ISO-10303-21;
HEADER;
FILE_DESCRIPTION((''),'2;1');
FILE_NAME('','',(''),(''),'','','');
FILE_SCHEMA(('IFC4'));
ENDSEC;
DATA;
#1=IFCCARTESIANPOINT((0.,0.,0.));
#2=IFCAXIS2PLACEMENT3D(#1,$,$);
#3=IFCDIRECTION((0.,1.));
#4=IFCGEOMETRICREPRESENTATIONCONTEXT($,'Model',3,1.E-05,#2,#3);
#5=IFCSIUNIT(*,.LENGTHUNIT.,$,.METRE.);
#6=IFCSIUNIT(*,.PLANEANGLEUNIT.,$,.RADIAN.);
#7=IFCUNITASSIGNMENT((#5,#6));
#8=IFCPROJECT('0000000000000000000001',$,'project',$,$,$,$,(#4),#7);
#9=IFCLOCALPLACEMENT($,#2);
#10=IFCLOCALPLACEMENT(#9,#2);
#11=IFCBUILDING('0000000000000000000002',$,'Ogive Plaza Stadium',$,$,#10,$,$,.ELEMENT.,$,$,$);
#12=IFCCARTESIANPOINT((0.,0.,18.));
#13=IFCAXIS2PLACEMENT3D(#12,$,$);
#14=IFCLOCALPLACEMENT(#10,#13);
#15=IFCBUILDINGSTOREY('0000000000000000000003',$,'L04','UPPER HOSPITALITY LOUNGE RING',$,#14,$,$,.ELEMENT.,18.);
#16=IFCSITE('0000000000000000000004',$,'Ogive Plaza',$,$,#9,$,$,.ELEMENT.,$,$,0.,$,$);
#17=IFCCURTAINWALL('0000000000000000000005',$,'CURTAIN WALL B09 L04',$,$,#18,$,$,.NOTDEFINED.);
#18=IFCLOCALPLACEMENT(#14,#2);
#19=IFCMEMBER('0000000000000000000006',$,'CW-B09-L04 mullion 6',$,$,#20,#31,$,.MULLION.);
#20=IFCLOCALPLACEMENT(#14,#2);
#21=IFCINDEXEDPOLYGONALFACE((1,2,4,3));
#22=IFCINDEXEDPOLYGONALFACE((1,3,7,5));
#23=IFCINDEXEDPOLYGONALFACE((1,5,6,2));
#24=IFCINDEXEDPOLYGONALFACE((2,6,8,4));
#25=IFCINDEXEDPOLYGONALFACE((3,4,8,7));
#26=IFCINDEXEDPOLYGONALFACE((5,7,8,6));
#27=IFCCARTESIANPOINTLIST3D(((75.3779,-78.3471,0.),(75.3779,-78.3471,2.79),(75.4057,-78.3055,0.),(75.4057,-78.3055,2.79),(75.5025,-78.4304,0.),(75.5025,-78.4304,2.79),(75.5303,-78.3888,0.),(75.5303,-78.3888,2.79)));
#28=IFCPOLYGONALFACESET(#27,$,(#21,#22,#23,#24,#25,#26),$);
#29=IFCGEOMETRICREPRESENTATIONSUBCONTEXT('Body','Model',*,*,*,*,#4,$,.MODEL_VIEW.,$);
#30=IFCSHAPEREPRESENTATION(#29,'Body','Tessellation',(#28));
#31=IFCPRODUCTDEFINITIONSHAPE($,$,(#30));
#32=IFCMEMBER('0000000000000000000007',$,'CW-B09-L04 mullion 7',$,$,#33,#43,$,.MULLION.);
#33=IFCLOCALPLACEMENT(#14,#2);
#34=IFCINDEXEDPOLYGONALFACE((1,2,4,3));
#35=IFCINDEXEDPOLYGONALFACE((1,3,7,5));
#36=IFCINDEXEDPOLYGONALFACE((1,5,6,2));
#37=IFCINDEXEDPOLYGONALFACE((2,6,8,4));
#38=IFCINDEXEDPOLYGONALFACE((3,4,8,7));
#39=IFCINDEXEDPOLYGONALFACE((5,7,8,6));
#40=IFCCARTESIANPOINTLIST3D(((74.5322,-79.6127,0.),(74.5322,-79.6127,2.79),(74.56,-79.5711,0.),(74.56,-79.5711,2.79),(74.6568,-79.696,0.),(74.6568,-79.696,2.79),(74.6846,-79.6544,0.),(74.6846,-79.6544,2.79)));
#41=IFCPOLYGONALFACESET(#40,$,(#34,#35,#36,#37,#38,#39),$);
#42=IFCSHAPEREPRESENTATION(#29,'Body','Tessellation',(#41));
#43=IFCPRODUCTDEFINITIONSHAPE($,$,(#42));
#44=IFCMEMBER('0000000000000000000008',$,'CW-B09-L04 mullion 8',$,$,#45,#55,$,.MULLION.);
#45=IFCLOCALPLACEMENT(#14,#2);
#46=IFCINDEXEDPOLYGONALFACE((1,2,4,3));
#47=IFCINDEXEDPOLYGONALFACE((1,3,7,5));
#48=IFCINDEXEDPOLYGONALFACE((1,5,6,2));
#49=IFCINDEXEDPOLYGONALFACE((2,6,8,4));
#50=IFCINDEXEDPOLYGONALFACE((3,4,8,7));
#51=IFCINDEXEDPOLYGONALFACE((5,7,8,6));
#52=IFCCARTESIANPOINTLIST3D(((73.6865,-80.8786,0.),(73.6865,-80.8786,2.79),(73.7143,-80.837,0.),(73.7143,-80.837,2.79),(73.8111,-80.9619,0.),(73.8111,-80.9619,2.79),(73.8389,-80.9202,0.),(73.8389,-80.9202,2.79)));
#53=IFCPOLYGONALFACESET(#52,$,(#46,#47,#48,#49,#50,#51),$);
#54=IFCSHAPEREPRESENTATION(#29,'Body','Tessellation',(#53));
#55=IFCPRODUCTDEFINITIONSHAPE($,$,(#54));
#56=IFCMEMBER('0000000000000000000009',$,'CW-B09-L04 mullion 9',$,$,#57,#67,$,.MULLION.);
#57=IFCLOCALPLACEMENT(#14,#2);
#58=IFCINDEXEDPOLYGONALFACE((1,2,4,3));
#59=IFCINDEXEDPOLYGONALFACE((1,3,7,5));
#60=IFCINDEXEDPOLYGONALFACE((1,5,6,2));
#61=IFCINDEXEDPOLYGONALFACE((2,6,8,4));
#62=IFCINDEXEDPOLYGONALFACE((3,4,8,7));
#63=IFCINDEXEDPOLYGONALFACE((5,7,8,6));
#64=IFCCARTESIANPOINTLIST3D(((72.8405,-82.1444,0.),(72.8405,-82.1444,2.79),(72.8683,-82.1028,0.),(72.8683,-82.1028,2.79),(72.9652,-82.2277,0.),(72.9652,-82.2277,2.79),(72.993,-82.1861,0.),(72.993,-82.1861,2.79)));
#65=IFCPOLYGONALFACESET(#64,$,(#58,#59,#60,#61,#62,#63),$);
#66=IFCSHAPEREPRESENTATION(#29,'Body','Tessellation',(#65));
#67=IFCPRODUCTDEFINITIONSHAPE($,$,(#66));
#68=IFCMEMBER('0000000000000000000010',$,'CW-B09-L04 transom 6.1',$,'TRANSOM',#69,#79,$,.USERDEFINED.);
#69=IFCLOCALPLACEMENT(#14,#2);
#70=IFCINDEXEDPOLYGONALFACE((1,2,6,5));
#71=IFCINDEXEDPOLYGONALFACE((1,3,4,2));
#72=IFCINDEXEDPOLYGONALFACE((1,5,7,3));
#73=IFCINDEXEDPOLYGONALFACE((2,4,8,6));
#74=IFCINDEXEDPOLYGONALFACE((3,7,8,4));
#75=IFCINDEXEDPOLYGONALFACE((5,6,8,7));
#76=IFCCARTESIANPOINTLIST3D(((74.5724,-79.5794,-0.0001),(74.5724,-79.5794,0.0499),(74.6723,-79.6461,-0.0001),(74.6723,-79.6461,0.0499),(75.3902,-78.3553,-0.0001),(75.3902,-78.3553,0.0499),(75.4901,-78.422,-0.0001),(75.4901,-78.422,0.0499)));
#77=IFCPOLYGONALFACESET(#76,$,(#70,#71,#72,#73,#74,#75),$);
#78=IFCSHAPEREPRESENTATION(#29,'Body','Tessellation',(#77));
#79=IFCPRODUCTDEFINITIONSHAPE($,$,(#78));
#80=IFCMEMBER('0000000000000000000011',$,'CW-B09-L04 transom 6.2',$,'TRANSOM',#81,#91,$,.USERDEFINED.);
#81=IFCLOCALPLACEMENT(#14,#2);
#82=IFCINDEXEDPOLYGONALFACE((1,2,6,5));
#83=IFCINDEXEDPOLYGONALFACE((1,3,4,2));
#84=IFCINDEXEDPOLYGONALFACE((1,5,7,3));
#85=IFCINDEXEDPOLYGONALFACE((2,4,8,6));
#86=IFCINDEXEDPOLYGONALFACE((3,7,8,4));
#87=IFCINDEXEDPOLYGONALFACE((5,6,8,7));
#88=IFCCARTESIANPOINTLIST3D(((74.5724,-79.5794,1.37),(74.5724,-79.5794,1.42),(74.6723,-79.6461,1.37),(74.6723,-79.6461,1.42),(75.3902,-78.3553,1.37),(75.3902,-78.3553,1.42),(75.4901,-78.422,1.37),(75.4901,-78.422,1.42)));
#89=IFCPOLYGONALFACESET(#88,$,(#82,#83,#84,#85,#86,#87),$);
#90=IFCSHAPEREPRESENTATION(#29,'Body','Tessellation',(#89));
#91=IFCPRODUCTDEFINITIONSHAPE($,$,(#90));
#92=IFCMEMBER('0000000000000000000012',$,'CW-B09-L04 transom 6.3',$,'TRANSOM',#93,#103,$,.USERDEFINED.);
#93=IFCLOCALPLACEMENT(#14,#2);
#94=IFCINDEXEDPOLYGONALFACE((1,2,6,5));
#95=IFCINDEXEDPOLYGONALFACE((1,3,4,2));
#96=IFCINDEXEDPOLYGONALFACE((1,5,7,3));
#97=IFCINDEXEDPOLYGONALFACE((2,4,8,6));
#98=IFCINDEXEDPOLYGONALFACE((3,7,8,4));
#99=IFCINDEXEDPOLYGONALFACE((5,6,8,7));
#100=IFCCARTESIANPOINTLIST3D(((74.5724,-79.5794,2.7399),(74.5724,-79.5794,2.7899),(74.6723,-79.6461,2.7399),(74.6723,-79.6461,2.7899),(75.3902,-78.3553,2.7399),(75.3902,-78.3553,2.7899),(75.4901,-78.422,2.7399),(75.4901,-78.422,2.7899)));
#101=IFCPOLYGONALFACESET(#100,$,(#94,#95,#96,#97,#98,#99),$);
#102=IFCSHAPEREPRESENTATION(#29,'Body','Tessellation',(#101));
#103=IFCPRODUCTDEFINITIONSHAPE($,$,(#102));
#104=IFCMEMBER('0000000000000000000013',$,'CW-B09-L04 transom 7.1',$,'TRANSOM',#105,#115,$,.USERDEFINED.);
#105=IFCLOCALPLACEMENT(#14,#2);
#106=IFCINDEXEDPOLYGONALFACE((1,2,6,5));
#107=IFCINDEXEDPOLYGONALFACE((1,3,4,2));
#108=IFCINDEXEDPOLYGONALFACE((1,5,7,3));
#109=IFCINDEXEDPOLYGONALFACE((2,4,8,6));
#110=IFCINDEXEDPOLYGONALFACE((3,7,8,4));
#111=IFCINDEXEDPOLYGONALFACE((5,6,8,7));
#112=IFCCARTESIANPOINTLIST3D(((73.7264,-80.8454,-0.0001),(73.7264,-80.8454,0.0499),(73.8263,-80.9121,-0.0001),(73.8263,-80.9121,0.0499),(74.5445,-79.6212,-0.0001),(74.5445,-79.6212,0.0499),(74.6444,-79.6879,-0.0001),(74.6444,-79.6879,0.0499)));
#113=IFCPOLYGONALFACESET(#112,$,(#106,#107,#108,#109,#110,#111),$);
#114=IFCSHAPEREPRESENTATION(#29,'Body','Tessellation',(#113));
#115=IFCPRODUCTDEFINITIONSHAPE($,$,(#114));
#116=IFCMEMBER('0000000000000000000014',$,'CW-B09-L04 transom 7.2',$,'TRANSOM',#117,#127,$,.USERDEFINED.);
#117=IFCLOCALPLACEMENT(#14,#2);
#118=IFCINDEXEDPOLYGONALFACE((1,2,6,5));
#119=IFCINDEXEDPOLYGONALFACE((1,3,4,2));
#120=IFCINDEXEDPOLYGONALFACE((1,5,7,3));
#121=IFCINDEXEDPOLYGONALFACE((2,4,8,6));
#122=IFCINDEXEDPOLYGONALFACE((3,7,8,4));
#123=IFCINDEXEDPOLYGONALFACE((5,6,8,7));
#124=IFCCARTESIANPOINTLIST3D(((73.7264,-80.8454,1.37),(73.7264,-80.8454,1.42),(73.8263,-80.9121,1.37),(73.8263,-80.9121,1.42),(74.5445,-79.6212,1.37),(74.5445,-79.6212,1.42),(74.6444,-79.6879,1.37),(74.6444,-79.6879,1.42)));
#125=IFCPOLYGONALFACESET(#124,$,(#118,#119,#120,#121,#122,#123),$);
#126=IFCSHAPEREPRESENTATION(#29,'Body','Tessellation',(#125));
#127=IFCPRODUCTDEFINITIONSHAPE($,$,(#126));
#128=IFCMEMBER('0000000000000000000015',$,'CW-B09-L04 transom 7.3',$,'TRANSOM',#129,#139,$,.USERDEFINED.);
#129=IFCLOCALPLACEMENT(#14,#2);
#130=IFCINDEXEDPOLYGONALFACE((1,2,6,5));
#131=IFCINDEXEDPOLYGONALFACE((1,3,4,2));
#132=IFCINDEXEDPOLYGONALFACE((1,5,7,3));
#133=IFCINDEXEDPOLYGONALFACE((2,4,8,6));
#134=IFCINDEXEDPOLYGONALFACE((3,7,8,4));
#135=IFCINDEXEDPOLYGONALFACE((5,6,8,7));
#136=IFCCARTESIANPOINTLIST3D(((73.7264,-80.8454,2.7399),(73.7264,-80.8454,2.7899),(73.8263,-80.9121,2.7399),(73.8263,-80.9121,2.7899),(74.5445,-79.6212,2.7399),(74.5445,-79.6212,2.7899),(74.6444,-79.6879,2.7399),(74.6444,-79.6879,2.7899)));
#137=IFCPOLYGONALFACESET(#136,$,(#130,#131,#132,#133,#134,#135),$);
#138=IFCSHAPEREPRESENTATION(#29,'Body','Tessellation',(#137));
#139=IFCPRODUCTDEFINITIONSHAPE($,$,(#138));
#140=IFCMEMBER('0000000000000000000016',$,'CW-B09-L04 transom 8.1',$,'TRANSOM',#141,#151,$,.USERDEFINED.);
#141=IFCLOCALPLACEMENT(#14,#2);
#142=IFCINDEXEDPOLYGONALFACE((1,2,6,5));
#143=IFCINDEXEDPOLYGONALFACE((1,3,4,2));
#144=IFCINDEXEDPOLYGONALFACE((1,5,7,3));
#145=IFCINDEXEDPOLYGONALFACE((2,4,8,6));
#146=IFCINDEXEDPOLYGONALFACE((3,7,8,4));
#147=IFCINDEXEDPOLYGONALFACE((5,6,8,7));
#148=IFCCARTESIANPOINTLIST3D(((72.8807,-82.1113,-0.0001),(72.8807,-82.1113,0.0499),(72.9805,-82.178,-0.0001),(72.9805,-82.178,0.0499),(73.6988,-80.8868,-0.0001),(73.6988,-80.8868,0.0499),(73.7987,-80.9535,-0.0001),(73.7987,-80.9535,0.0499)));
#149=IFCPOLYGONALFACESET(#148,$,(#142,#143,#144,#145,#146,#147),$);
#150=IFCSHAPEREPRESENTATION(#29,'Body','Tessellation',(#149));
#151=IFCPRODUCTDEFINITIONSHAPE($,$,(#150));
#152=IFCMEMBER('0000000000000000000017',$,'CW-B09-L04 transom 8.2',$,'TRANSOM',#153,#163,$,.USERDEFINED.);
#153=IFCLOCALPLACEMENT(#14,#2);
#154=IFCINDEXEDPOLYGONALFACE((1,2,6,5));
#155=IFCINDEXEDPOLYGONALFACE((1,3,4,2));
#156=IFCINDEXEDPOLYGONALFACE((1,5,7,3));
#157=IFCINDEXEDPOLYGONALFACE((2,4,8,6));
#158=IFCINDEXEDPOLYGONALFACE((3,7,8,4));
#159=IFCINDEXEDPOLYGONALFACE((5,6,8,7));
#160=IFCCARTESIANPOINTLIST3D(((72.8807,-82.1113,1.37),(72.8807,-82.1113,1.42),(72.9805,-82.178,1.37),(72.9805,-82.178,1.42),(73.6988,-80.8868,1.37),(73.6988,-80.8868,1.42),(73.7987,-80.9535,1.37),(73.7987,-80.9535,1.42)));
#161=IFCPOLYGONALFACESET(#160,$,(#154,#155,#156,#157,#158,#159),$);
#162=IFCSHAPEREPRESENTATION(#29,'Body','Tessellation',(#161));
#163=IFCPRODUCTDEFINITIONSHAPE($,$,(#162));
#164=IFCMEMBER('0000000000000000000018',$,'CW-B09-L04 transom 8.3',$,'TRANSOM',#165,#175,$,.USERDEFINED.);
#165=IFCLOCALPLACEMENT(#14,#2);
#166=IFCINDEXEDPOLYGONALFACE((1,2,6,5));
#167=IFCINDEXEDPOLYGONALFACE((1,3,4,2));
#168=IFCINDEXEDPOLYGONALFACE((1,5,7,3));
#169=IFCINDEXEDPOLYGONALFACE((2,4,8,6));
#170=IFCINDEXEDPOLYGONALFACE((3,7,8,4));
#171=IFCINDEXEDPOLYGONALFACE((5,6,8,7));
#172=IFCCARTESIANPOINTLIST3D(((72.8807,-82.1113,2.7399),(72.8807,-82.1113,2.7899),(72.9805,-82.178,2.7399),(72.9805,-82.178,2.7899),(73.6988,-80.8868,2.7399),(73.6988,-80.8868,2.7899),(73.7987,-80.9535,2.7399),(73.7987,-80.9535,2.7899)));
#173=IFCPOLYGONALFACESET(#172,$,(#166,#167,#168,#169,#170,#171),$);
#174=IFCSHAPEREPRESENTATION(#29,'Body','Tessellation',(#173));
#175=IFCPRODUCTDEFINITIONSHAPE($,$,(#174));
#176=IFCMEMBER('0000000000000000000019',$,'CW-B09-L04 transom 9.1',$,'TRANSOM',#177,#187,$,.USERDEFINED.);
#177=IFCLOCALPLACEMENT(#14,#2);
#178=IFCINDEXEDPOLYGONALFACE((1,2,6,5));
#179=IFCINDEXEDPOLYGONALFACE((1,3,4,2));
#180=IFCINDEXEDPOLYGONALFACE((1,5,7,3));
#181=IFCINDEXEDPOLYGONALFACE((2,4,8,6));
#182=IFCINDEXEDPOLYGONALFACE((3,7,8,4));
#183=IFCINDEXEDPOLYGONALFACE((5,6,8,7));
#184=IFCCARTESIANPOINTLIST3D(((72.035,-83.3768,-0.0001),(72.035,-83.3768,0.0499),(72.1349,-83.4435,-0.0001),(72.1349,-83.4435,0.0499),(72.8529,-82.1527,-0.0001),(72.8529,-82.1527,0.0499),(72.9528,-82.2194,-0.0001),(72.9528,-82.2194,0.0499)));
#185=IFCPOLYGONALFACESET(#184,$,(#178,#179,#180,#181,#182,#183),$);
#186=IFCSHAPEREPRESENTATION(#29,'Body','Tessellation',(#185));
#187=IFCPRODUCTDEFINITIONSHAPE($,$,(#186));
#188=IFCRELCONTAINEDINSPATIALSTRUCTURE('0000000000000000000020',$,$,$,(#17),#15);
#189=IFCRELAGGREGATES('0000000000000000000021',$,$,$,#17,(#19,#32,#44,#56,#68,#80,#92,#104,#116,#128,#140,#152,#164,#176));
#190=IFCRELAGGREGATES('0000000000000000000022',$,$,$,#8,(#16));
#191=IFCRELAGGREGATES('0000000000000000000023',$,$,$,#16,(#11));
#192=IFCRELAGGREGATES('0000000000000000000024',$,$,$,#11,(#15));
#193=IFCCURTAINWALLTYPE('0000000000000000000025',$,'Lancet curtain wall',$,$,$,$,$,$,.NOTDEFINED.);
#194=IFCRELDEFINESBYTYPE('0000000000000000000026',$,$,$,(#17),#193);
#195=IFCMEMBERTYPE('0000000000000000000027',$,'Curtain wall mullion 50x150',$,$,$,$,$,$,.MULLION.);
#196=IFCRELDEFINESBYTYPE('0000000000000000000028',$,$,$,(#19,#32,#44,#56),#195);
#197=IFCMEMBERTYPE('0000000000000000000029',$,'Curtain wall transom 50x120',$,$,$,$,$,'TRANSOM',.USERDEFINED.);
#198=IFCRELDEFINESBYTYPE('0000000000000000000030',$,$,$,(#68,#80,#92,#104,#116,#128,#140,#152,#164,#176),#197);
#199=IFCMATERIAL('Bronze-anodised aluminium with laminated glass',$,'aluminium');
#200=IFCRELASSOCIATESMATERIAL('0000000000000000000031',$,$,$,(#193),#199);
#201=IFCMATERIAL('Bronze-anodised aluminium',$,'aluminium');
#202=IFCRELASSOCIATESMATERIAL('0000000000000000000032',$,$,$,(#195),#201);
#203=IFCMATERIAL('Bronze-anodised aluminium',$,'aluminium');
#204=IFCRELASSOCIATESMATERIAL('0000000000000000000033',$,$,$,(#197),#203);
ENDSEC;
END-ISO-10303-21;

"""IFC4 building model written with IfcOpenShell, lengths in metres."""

from ifc_helpers import new_model, si_unit, direction, frame, origin, origin_2d, place, context, subcontext, project, spatial, rectangle, extrude, material, material_profile, profile_set, type_object, element, aggregate, save


model = new_model("IFC4")

# Units and contexts
model_context = context("Model", 3, precision=1e-05, world=origin(), true_north=direction((0.0, 1.0)))
body_context = subcontext(model_context, "Body", "Model", "MODEL_VIEW")
ifc_project = project(units=[si_unit("LENGTHUNIT", "METRE"), si_unit("PLANEANGLEUNIT", "RADIAN")], contexts=[model_context])

# Site, building, storey
site_placement = place(None, origin())
site = spatial("IfcSite", under=ifc_project, at=site_placement, Name="Ogive Plaza", CompositionType="ELEMENT", RefElevation=0.0)
building_placement = place(site_placement, origin())
building = spatial("IfcBuilding", under=site, at=building_placement, Name="Ogive Plaza Stadium", CompositionType="ELEMENT")
storey_placement = place(building_placement, frame((0.0, 0.0, 18.0)))
storey = spatial("IfcBuildingStorey", under=building, at=storey_placement, Name="L04", Description="UPPER HOSPITALITY LOUNGE RING", CompositionType="ELEMENT", Elevation=18.0)

# Curtain wall, members
ifc_material_1 = material(Name="Bronze-anodised aluminium with laminated glass", Category="aluminium")
curtain_wall_type = type_object("IfcCurtainWallType", Name="Lancet curtain wall", PredefinedType="NOTDEFINED", material=ifc_material_1)
curtain_wall_placement = place(storey_placement, origin())
curtain_wall = element("IfcCurtainWall", 1, at=curtain_wall_placement, inside=storey, type_object=curtain_wall_type, Name="CURTAIN WALL B09 L04", PredefinedType="NOTDEFINED")
ifc_material_2 = material(Name="Bronze-anodised aluminium", Category="aluminium")
ifc_material_profile_1 = material_profile(ifc_material_2, rectangle(XDim=0.1499, YDim=0.05, at=origin_2d()), Name="AL 150x50")
ifc_profile_set_1 = profile_set([ifc_material_profile_1], Name="Bronze-anodised aluminium")
member_type_1 = type_object("IfcMemberType", Name="Curtain wall mullion 50x150", PredefinedType="MULLION", material=ifc_profile_set_1)
member_1_placement = place(storey_placement, frame((75.4541, -78.3679, 0.0), z_axis=(0.0, 0.0, 1.0), x_axis=(0.83147, -0.55557, 0.0)))
member_1 = element("IfcMember", 2, at=member_1_placement, type_object=member_type_1, Name="CW-B09-L04 mullion 6", PredefinedType="MULLION", context=body_context, shape_type="SweptSolid", body=[
    extrude(rectangle(XDim=0.1499, YDim=0.05, at=origin_2d()), origin(), (0.0, 0.0, 1.0), 2.79),
])
member_2_placement = place(storey_placement, frame((74.6084, -79.6335, 0.0), z_axis=(0.0, 0.0, 1.0), x_axis=(0.83147, -0.55557, 0.0)))
member_2 = element("IfcMember", 3, at=member_2_placement, type_object=member_type_1, Name="CW-B09-L04 mullion 7", PredefinedType="MULLION", context=body_context, shape_type="SweptSolid", body=[
    extrude(rectangle(XDim=0.1499, YDim=0.05, at=origin_2d()), origin(), (0.0, 0.0, 1.0), 2.79),
])
member_3_placement = place(storey_placement, frame((73.7627, -80.8994, 0.0), z_axis=(0.0, 0.0, 1.0), x_axis=(0.83147, -0.55557, 0.0)))
member_3 = element("IfcMember", 4, at=member_3_placement, type_object=member_type_1, Name="CW-B09-L04 mullion 8", PredefinedType="MULLION", context=body_context, shape_type="SweptSolid", body=[
    extrude(rectangle(XDim=0.1499, YDim=0.05, at=origin_2d()), origin(), (0.0, 0.0, 1.0), 2.79),
])
member_4_placement = place(storey_placement, frame((72.9167, -82.1653, 0.0), z_axis=(0.0, 0.0, 1.0), x_axis=(0.83147, -0.55557, 0.0)))
member_4 = element("IfcMember", 5, at=member_4_placement, type_object=member_type_1, Name="CW-B09-L04 mullion 9", PredefinedType="MULLION", context=body_context, shape_type="SweptSolid", body=[
    extrude(rectangle(XDim=0.1499, YDim=0.05, at=origin_2d()), origin(), (0.0, 0.0, 1.0), 2.79),
])
ifc_material_3 = material(Name="Bronze-anodised aluminium", Category="aluminium")
ifc_material_profile_2 = material_profile(ifc_material_3, rectangle(XDim=0.1201, YDim=0.05, at=origin_2d()), Name="AL 120x50")
ifc_profile_set_2 = profile_set([ifc_material_profile_2], Name="Bronze-anodised aluminium")
member_type_2 = type_object("IfcMemberType", Name="Curtain wall transom 50x120", ElementType="TRANSOM", PredefinedType="USERDEFINED", material=ifc_profile_set_2)
member_5_placement = place(storey_placement, frame((75.4402, -78.3887, 0.0249), z_axis=(-0.555542, -0.831489, 0.0), x_axis=(0.831489, -0.555542, 0.0)))
member_5 = element("IfcMember", 6, at=member_5_placement, type_object=member_type_2, Name="CW-B09-L04 transom 6.1", ObjectType="TRANSOM", PredefinedType="USERDEFINED", context=body_context, shape_type="SweptSolid", body=[
    extrude(rectangle(XDim=0.1201, YDim=0.05, at=origin_2d()), origin(), (0.0, 0.0, 1.0), 1.4722),
])
member_6_placement = place(storey_placement, frame((75.4402, -78.3887, 1.395), z_axis=(-0.555542, -0.831489, 0.0), x_axis=(0.831489, -0.555542, 0.0)))
member_6 = element("IfcMember", 7, at=member_6_placement, type_object=member_type_2, Name="CW-B09-L04 transom 6.2", ObjectType="TRANSOM", PredefinedType="USERDEFINED", context=body_context, shape_type="SweptSolid", body=[
    extrude(rectangle(XDim=0.1201, YDim=0.05, at=origin_2d()), origin(), (0.0, 0.0, 1.0), 1.4722),
])
member_7_placement = place(storey_placement, frame((75.4402, -78.3887, 2.7649), z_axis=(-0.555542, -0.831489, 0.0), x_axis=(0.831489, -0.555542, 0.0)))
member_7 = element("IfcMember", 8, at=member_7_placement, type_object=member_type_2, Name="CW-B09-L04 transom 6.3", ObjectType="TRANSOM", PredefinedType="USERDEFINED", context=body_context, shape_type="SweptSolid", body=[
    extrude(rectangle(XDim=0.1201, YDim=0.05, at=origin_2d()), origin(), (0.0, 0.0, 1.0), 1.4722),
])
member_8_placement = place(storey_placement, frame((74.5945, -79.6545, 0.0249), z_axis=(-0.555656, -0.831412, 0.0), x_axis=(0.831412, -0.555656, 0.0)))
member_8 = element("IfcMember", 9, at=member_8_placement, type_object=member_type_2, Name="CW-B09-L04 transom 7.1", ObjectType="TRANSOM", PredefinedType="USERDEFINED", context=body_context, shape_type="SweptSolid", body=[
    extrude(rectangle(XDim=0.1201, YDim=0.05, at=origin_2d()), origin(), (0.0, 0.0, 1.0), 1.4724),
])
member_9_placement = place(storey_placement, frame((74.5945, -79.6545, 1.395), z_axis=(-0.555656, -0.831412, 0.0), x_axis=(0.831412, -0.555656, 0.0)))
member_9 = element("IfcMember", 10, at=member_9_placement, type_object=member_type_2, Name="CW-B09-L04 transom 7.2", ObjectType="TRANSOM", PredefinedType="USERDEFINED", context=body_context, shape_type="SweptSolid", body=[
    extrude(rectangle(XDim=0.1201, YDim=0.05, at=origin_2d()), origin(), (0.0, 0.0, 1.0), 1.4724),
])
member_10_placement = place(storey_placement, frame((74.5945, -79.6545, 2.7649), z_axis=(-0.555656, -0.831412, 0.0), x_axis=(0.831412, -0.555656, 0.0)))
member_10 = element("IfcMember", 11, at=member_10_placement, type_object=member_type_2, Name="CW-B09-L04 transom 7.3", ObjectType="TRANSOM", PredefinedType="USERDEFINED", context=body_context, shape_type="SweptSolid", body=[
    extrude(rectangle(XDim=0.1201, YDim=0.05, at=origin_2d()), origin(), (0.0, 0.0, 1.0), 1.4724),
])
member_11_placement = place(storey_placement, frame((73.7488, -80.9202, 0.0249), z_axis=(-0.55558, -0.831463, 0.0), x_axis=(0.831463, -0.55558, 0.0)))
member_11 = element("IfcMember", 12, at=member_11_placement, type_object=member_type_2, Name="CW-B09-L04 transom 8.1", ObjectType="TRANSOM", PredefinedType="USERDEFINED", context=body_context, shape_type="SweptSolid", body=[
    extrude(rectangle(XDim=0.1201, YDim=0.05, at=origin_2d()), origin(), (0.0, 0.0, 1.0), 1.4727),
])
member_12_placement = place(storey_placement, frame((73.7488, -80.9202, 1.395), z_axis=(-0.55558, -0.831463, 0.0), x_axis=(0.831463, -0.55558, 0.0)))
member_12 = element("IfcMember", 13, at=member_12_placement, type_object=member_type_2, Name="CW-B09-L04 transom 8.2", ObjectType="TRANSOM", PredefinedType="USERDEFINED", context=body_context, shape_type="SweptSolid", body=[
    extrude(rectangle(XDim=0.1201, YDim=0.05, at=origin_2d()), origin(), (0.0, 0.0, 1.0), 1.4727),
])
member_13_placement = place(storey_placement, frame((73.7488, -80.9202, 2.7649), z_axis=(-0.55558, -0.831463, 0.0), x_axis=(0.831463, -0.55558, 0.0)))
member_13 = element("IfcMember", 14, at=member_13_placement, type_object=member_type_2, Name="CW-B09-L04 transom 8.3", ObjectType="TRANSOM", PredefinedType="USERDEFINED", context=body_context, shape_type="SweptSolid", body=[
    extrude(rectangle(XDim=0.1201, YDim=0.05, at=origin_2d()), origin(), (0.0, 0.0, 1.0), 1.4727),
])
member_14_placement = place(storey_placement, frame((72.9028, -82.186, 0.0249), z_axis=(-0.555542, -0.831489, 0.0), x_axis=(0.831489, -0.555542, 0.0)))
member_14 = element("IfcMember", 15, at=member_14_placement, type_object=member_type_2, Name="CW-B09-L04 transom 9.1", ObjectType="TRANSOM", PredefinedType="USERDEFINED", context=body_context, shape_type="SweptSolid", body=[
    extrude(rectangle(XDim=0.1201, YDim=0.05, at=origin_2d()), origin(), (0.0, 0.0, 1.0), 1.4722),
])
aggregate(curtain_wall, [member_1, member_2, member_3, member_4, member_5, member_6, member_7, member_8, member_9, member_10, member_11, member_12, member_13, member_14])

save(model, "model.ifc")
